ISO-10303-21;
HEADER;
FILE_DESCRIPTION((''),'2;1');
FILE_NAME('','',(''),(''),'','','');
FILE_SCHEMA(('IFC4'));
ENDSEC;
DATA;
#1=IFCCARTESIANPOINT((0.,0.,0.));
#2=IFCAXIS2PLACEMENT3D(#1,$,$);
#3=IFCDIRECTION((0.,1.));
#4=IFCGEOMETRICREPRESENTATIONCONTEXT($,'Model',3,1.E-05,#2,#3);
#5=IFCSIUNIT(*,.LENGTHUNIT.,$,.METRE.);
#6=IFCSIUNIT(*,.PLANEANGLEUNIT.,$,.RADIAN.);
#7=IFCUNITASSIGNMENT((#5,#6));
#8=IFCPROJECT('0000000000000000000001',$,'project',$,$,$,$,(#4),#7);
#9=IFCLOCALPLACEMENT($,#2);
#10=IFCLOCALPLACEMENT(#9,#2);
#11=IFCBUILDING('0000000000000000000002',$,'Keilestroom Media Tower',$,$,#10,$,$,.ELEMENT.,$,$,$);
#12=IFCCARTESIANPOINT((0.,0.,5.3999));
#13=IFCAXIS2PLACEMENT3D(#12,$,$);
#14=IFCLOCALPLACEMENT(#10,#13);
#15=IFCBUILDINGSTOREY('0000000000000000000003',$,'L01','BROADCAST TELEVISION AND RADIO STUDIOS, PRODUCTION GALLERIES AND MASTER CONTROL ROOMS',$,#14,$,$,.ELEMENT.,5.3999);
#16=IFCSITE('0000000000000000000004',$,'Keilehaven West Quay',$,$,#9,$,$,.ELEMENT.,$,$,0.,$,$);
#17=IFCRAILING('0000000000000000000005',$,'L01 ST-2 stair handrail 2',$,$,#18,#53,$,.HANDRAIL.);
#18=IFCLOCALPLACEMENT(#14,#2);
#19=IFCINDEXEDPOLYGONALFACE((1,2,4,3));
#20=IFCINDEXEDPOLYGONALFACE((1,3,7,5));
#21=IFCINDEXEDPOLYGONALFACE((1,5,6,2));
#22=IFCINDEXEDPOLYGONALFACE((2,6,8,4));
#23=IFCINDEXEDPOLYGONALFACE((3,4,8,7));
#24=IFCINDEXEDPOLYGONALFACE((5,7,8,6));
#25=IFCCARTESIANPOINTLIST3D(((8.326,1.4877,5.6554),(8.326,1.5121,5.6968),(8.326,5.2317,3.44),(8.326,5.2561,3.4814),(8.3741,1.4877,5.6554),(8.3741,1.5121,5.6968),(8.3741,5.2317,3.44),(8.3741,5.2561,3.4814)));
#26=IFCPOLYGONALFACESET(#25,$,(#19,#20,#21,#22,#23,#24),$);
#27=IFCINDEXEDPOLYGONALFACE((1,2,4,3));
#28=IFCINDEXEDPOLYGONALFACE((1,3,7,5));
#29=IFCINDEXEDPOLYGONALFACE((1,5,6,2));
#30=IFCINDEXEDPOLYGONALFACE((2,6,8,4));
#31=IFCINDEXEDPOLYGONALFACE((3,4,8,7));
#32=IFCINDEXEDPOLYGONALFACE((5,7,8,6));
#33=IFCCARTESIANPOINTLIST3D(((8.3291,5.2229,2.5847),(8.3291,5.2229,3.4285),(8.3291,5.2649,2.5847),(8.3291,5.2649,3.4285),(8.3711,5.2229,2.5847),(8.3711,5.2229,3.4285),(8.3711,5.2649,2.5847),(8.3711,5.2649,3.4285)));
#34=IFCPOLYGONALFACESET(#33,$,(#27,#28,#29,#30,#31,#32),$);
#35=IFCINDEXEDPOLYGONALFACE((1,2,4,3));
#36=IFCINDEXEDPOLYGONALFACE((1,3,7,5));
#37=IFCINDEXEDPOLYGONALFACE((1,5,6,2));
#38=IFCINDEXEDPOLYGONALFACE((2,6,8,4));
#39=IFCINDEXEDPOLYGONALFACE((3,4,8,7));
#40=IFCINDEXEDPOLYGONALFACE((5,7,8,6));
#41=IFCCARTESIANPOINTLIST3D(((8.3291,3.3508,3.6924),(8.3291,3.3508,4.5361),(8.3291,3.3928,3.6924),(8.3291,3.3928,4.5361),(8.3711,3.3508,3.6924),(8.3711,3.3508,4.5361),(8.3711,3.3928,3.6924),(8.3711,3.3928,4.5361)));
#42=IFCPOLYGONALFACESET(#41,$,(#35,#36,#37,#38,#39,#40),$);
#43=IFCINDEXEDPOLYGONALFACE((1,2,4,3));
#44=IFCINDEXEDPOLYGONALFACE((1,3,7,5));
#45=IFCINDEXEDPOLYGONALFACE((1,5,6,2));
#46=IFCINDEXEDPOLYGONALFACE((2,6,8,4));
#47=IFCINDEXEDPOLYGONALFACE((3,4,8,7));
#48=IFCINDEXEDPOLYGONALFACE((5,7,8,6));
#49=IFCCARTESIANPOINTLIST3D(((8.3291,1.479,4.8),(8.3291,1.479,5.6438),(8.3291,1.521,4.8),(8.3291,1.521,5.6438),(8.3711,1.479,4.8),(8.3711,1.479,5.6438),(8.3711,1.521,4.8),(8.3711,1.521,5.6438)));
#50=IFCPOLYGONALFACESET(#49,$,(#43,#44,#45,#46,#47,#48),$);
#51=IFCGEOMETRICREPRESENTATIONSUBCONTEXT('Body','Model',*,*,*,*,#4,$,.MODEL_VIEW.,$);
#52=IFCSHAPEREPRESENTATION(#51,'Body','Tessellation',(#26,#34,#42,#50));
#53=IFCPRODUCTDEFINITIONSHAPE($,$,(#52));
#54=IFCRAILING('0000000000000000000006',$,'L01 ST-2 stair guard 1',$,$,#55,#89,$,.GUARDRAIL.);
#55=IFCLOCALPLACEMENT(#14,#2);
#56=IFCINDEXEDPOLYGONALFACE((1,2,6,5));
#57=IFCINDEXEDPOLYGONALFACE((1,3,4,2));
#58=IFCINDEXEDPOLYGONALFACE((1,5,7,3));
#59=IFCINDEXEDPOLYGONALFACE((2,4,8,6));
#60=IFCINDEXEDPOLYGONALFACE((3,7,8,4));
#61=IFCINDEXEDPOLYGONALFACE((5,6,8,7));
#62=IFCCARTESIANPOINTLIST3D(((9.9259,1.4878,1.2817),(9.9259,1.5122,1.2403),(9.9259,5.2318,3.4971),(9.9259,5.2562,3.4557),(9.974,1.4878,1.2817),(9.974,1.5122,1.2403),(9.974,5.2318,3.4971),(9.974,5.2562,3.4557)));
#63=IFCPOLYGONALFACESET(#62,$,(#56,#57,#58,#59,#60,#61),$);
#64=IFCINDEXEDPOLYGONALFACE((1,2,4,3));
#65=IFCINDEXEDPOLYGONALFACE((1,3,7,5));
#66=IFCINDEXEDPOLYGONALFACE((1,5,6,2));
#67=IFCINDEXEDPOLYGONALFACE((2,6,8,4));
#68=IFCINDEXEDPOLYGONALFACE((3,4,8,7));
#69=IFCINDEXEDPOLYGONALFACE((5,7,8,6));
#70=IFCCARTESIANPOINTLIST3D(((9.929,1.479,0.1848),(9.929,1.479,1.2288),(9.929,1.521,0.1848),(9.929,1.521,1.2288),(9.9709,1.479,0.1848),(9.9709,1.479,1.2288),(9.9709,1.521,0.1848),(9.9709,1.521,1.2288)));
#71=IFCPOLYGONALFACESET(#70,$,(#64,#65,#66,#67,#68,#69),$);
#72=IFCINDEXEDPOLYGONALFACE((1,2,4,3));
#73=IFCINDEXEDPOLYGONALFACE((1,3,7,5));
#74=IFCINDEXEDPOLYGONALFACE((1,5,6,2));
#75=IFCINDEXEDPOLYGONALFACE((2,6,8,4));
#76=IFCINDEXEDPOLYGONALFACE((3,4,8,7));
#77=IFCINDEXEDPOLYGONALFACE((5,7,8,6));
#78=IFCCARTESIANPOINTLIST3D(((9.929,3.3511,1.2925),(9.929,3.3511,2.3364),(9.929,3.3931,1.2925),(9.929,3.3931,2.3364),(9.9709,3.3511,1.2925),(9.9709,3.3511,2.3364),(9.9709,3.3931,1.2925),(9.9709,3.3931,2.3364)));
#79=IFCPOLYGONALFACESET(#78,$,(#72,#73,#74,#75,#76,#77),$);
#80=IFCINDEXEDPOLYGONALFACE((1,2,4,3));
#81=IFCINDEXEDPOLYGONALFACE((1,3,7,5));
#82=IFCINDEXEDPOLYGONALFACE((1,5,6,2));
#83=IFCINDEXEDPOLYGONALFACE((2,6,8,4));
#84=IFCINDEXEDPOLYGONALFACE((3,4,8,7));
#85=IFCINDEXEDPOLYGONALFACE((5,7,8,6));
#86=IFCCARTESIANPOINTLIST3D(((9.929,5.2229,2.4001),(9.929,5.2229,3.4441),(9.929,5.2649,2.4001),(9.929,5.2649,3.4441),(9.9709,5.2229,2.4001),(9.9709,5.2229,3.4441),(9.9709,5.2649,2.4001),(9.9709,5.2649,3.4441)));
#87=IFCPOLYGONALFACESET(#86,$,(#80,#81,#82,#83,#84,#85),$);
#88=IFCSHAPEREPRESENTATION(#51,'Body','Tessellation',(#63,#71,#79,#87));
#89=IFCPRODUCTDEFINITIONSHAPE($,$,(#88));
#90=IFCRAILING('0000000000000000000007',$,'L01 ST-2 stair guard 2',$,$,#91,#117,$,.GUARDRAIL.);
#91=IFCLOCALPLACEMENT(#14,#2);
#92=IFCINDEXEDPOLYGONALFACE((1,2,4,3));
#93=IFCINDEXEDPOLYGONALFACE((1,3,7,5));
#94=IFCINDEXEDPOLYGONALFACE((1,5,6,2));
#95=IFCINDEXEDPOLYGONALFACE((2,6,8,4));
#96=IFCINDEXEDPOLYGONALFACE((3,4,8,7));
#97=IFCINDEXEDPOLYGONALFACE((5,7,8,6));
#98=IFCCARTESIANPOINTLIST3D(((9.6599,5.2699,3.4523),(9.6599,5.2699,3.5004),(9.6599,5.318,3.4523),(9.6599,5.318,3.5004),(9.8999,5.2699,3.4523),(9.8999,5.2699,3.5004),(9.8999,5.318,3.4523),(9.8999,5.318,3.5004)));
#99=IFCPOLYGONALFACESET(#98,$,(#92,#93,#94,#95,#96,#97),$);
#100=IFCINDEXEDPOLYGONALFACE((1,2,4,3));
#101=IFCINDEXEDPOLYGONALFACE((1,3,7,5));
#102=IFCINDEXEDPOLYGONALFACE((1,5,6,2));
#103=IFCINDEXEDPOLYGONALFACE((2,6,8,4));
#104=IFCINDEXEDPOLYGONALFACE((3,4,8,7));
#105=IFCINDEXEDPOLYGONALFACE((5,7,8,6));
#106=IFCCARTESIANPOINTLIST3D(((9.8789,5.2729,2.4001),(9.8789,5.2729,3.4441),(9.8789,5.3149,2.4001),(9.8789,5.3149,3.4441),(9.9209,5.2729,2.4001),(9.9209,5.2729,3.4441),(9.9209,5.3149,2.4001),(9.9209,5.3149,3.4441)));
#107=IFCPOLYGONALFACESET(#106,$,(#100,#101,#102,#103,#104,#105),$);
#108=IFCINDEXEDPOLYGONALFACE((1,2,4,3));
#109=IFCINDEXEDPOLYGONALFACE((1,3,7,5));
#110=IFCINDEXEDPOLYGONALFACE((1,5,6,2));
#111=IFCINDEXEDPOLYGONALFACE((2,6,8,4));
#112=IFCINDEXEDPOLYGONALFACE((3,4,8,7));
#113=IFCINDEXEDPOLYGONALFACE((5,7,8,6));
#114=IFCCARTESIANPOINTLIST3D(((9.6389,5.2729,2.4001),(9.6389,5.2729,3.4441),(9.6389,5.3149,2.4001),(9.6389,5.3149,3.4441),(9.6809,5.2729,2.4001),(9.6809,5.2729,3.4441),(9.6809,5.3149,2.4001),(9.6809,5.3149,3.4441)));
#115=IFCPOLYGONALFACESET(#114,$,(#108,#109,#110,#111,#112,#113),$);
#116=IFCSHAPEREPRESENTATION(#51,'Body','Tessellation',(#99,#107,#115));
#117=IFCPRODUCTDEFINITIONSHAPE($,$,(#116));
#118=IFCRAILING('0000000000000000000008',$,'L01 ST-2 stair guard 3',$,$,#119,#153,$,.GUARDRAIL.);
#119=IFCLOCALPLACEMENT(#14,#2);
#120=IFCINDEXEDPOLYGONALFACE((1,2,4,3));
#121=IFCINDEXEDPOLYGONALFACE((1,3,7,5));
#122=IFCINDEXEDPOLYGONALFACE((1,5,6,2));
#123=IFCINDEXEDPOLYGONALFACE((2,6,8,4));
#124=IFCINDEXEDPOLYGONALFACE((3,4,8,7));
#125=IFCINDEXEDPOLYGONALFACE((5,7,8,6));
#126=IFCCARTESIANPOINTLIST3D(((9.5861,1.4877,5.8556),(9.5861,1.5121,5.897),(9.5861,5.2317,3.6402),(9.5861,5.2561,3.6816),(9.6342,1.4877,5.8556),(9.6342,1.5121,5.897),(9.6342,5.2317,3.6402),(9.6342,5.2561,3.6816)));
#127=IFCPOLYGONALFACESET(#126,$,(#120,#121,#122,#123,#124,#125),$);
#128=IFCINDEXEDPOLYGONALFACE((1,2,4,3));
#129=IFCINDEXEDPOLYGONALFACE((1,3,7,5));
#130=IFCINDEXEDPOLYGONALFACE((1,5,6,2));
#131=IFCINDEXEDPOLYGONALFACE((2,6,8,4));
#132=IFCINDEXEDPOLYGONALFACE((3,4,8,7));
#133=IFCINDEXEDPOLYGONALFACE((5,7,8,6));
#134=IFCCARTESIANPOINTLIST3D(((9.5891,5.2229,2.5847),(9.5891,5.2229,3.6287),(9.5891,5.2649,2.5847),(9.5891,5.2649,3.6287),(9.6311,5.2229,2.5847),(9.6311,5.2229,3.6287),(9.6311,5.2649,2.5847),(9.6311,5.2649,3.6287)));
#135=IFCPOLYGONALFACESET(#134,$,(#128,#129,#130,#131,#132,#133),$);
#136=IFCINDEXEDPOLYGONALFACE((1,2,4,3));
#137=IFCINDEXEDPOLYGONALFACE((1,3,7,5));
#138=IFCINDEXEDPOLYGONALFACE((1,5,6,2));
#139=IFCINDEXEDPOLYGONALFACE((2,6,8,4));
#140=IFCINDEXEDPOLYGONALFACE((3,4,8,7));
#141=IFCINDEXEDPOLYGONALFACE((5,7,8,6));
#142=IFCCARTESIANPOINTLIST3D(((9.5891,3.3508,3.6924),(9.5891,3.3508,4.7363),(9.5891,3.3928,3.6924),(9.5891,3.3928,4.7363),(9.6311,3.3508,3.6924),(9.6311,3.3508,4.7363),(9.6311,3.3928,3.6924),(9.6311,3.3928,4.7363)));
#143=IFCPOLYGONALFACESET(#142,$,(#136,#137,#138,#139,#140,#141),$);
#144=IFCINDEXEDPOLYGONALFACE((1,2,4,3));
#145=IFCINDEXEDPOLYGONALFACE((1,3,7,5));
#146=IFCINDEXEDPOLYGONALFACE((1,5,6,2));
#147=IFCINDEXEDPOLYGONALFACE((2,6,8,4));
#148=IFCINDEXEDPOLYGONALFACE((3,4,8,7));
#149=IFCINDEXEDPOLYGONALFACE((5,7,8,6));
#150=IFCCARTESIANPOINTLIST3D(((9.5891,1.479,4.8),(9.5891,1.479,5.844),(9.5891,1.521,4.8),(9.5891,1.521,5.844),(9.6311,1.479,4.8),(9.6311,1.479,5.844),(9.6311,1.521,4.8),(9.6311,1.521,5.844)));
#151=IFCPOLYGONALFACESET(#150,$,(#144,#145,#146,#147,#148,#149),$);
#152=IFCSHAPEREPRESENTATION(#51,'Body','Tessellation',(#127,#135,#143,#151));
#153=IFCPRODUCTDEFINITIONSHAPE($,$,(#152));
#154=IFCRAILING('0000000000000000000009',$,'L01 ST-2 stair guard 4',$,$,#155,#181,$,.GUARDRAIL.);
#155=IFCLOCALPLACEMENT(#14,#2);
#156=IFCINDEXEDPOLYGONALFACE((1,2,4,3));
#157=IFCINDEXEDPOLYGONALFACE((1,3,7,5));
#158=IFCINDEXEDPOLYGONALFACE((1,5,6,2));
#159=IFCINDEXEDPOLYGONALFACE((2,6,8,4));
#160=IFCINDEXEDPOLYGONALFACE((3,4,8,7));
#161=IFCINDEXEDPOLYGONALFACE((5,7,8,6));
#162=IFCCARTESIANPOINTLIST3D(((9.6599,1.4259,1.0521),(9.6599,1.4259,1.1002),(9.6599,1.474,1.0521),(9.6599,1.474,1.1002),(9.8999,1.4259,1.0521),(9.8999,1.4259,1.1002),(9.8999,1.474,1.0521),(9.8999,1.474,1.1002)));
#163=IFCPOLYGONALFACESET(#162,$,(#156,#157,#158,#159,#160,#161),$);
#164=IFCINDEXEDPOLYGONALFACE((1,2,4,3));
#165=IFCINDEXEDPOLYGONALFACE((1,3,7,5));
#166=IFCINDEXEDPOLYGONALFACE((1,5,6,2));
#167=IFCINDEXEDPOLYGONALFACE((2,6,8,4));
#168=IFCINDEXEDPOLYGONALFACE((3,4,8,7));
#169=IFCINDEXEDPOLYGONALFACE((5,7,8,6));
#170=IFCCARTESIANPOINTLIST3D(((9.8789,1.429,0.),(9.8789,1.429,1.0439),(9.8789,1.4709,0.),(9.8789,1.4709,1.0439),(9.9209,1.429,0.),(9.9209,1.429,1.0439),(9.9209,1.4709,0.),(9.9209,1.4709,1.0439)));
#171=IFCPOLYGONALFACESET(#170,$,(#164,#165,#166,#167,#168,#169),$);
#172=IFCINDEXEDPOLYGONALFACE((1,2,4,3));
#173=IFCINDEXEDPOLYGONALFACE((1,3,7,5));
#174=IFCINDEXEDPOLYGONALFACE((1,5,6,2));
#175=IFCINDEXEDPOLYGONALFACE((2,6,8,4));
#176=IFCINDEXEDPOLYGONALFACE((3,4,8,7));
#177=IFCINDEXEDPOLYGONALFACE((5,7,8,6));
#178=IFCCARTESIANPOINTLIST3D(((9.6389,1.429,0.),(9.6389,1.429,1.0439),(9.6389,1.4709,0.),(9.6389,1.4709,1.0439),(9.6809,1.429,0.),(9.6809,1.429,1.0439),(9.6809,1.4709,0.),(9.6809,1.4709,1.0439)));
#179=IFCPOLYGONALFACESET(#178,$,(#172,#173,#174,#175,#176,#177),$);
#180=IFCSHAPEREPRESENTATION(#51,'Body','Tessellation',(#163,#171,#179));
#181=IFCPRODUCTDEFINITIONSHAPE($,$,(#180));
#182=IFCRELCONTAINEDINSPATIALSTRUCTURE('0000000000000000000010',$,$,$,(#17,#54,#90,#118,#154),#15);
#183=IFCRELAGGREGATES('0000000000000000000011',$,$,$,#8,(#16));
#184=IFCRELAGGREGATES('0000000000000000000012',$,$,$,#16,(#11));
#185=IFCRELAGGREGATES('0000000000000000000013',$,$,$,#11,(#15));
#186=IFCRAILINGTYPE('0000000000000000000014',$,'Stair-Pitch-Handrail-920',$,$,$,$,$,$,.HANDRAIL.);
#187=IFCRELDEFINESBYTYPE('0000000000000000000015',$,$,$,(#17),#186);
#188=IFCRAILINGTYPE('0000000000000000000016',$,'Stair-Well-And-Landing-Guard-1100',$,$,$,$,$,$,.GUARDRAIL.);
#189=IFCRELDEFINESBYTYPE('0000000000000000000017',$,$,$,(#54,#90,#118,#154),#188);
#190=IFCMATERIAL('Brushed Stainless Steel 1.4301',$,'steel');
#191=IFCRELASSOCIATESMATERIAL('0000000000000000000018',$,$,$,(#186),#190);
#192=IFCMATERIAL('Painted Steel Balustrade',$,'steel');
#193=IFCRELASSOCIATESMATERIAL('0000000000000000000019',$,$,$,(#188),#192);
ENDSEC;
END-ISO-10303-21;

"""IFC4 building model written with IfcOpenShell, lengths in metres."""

from ifc_helpers import new_model, si_unit, direction, frame, origin, origin_2d, place, context, subcontext, project, spatial, rectangle, extrude, material, type_object, element, save


model = new_model("IFC4")

# Units and contexts
model_context = context("Model", 3, precision=1e-05, world=origin(), true_north=direction((0.0, 1.0)))
body_context = subcontext(model_context, "Body", "Model", "MODEL_VIEW")
ifc_project = project(units=[si_unit("LENGTHUNIT", "METRE"), si_unit("PLANEANGLEUNIT", "RADIAN")], contexts=[model_context])

# Site, building, storey
site_placement = place(None, origin())
site = spatial("IfcSite", under=ifc_project, at=site_placement, Name="Keilehaven West Quay", CompositionType="ELEMENT", RefElevation=0.0)
building_placement = place(site_placement, origin())
building = spatial("IfcBuilding", under=site, at=building_placement, Name="Keilestroom Media Tower", CompositionType="ELEMENT")
storey_placement = place(building_placement, frame((0.0, 0.0, 5.3999)))
storey = spatial("IfcBuildingStorey", under=building, at=storey_placement, Name="L01", Description="BROADCAST TELEVISION AND RADIO STUDIOS, PRODUCTION GALLERIES AND MASTER CONTROL ROOMS", CompositionType="ELEMENT", Elevation=5.3999)

# Railings
ifc_material_1 = material(Name="Brushed Stainless Steel 1.4301", Category="steel")
railing_type_1 = type_object("IfcRailingType", Name="Stair-Pitch-Handrail-920", PredefinedType="HANDRAIL", material=ifc_material_1)
railing_1_placement = place(storey_placement, frame((8.3501, 5.2439, 2.5847)))
element("IfcRailing", 1, at=railing_1_placement, inside=storey, type_object=railing_type_1, Name="L01 ST-2 stair handrail 2", PredefinedType="HANDRAIL", context=body_context, shape_type="SweptSolid", body=[
    extrude(rectangle(XDim=0.0481, YDim=0.0481, at=origin_2d()), frame((0.0, 0.0, 0.876), z_axis=(0.0, -0.860621, 0.509245), x_axis=(1.0, 0.0, 0.0)), (0.0, 0.0, 1.0), 4.3503),
    extrude(rectangle(XDim=0.042, YDim=0.042, at=origin_2d()), origin(), (0.0, 0.0, 1.0), 0.8438),
    extrude(rectangle(XDim=0.042, YDim=0.042, at=origin_2d()), frame((0.0, -1.8721, 1.1077)), (0.0, 0.0, 1.0), 0.8438),
    extrude(rectangle(XDim=0.042, YDim=0.042, at=origin_2d()), frame((0.0, -3.7439, 2.2153)), (0.0, 0.0, 1.0), 0.8438),
])
ifc_material_2 = material(Name="Painted Steel Balustrade", Category="steel")
railing_type_2 = type_object("IfcRailingType", Name="Stair-Well-And-Landing-Guard-1100", PredefinedType="GUARDRAIL", material=ifc_material_2)
railing_2_placement = place(storey_placement, frame((9.95, 1.5, 0.1848)))
element("IfcRailing", 2, at=railing_2_placement, inside=storey, type_object=railing_type_2, Name="L01 ST-2 stair guard 1", PredefinedType="GUARDRAIL", context=body_context, shape_type="SweptSolid", body=[
    extrude(rectangle(XDim=0.0481, YDim=0.0481, at=origin_2d()), frame((0.0, 0.0, 1.0762), z_axis=(0.0, 0.860621, 0.509245), x_axis=(-1.0, 0.0, 0.0)), (0.0, 0.0, 1.0), 4.3503),
    extrude(rectangle(XDim=0.042, YDim=0.042, at=origin_2d()), origin(), (0.0, 0.0, 1.0), 1.0439),
    extrude(rectangle(XDim=0.042, YDim=0.042, at=origin_2d()), frame((0.0, 1.8721, 1.1077)), (0.0, 0.0, 1.0), 1.0439),
    extrude(rectangle(XDim=0.042, YDim=0.042, at=origin_2d()), frame((0.0, 3.7439, 2.2153)), (0.0, 0.0, 1.0), 1.0439),
])
railing_3_placement = place(storey_placement, frame((9.8999, 5.2939, 2.4001)))
element("IfcRailing", 3, at=railing_3_placement, inside=storey, type_object=railing_type_2, Name="L01 ST-2 stair guard 2", PredefinedType="GUARDRAIL", context=body_context, shape_type="SweptSolid", body=[
    extrude(rectangle(XDim=0.0481, YDim=0.0481, at=origin_2d()), frame((0.0, 0.0, 1.0762), z_axis=(-1.0, 0.0, 0.0), x_axis=(0.0, -1.0, 0.0)), (0.0, 0.0, 1.0), 0.24),
    extrude(rectangle(XDim=0.042, YDim=0.042, at=origin_2d()), origin(), (0.0, 0.0, 1.0), 1.0439),
    extrude(rectangle(XDim=0.042, YDim=0.042, at=origin_2d()), frame((-0.24, 0.0, 0.0)), (0.0, 0.0, 1.0), 1.0439),
])
railing_4_placement = place(storey_placement, frame((9.6101, 5.2439, 2.5847)))
element("IfcRailing", 4, at=railing_4_placement, inside=storey, type_object=railing_type_2, Name="L01 ST-2 stair guard 3", PredefinedType="GUARDRAIL", context=body_context, shape_type="SweptSolid", body=[
    extrude(rectangle(XDim=0.0481, YDim=0.0481, at=origin_2d()), frame((0.0, 0.0, 1.0762), z_axis=(0.0, -0.860621, 0.509245), x_axis=(1.0, 0.0, 0.0)), (0.0, 0.0, 1.0), 4.3503),
    extrude(rectangle(XDim=0.042, YDim=0.042, at=origin_2d()), origin(), (0.0, 0.0, 1.0), 1.0439),
    extrude(rectangle(XDim=0.042, YDim=0.042, at=origin_2d()), frame((0.0, -1.8721, 1.1077)), (0.0, 0.0, 1.0), 1.0439),
    extrude(rectangle(XDim=0.042, YDim=0.042, at=origin_2d()), frame((0.0, -3.7439, 2.2153)), (0.0, 0.0, 1.0), 1.0439),
])
railing_5_placement = place(storey_placement, frame((9.8999, 1.45, 0.0)))
element("IfcRailing", 5, at=railing_5_placement, inside=storey, type_object=railing_type_2, Name="L01 ST-2 stair guard 4", PredefinedType="GUARDRAIL", context=body_context, shape_type="SweptSolid", body=[
    extrude(rectangle(XDim=0.0481, YDim=0.0481, at=origin_2d()), frame((0.0, 0.0, 1.0762), z_axis=(-1.0, 0.0, 0.0), x_axis=(0.0, -1.0, 0.0)), (0.0, 0.0, 1.0), 0.24),
    extrude(rectangle(XDim=0.042, YDim=0.042, at=origin_2d()), origin(), (0.0, 0.0, 1.0), 1.0439),
    extrude(rectangle(XDim=0.042, YDim=0.042, at=origin_2d()), frame((-0.24, 0.0, 0.0)), (0.0, 0.0, 1.0), 1.0439),
])

save(model, "model.ifc")
